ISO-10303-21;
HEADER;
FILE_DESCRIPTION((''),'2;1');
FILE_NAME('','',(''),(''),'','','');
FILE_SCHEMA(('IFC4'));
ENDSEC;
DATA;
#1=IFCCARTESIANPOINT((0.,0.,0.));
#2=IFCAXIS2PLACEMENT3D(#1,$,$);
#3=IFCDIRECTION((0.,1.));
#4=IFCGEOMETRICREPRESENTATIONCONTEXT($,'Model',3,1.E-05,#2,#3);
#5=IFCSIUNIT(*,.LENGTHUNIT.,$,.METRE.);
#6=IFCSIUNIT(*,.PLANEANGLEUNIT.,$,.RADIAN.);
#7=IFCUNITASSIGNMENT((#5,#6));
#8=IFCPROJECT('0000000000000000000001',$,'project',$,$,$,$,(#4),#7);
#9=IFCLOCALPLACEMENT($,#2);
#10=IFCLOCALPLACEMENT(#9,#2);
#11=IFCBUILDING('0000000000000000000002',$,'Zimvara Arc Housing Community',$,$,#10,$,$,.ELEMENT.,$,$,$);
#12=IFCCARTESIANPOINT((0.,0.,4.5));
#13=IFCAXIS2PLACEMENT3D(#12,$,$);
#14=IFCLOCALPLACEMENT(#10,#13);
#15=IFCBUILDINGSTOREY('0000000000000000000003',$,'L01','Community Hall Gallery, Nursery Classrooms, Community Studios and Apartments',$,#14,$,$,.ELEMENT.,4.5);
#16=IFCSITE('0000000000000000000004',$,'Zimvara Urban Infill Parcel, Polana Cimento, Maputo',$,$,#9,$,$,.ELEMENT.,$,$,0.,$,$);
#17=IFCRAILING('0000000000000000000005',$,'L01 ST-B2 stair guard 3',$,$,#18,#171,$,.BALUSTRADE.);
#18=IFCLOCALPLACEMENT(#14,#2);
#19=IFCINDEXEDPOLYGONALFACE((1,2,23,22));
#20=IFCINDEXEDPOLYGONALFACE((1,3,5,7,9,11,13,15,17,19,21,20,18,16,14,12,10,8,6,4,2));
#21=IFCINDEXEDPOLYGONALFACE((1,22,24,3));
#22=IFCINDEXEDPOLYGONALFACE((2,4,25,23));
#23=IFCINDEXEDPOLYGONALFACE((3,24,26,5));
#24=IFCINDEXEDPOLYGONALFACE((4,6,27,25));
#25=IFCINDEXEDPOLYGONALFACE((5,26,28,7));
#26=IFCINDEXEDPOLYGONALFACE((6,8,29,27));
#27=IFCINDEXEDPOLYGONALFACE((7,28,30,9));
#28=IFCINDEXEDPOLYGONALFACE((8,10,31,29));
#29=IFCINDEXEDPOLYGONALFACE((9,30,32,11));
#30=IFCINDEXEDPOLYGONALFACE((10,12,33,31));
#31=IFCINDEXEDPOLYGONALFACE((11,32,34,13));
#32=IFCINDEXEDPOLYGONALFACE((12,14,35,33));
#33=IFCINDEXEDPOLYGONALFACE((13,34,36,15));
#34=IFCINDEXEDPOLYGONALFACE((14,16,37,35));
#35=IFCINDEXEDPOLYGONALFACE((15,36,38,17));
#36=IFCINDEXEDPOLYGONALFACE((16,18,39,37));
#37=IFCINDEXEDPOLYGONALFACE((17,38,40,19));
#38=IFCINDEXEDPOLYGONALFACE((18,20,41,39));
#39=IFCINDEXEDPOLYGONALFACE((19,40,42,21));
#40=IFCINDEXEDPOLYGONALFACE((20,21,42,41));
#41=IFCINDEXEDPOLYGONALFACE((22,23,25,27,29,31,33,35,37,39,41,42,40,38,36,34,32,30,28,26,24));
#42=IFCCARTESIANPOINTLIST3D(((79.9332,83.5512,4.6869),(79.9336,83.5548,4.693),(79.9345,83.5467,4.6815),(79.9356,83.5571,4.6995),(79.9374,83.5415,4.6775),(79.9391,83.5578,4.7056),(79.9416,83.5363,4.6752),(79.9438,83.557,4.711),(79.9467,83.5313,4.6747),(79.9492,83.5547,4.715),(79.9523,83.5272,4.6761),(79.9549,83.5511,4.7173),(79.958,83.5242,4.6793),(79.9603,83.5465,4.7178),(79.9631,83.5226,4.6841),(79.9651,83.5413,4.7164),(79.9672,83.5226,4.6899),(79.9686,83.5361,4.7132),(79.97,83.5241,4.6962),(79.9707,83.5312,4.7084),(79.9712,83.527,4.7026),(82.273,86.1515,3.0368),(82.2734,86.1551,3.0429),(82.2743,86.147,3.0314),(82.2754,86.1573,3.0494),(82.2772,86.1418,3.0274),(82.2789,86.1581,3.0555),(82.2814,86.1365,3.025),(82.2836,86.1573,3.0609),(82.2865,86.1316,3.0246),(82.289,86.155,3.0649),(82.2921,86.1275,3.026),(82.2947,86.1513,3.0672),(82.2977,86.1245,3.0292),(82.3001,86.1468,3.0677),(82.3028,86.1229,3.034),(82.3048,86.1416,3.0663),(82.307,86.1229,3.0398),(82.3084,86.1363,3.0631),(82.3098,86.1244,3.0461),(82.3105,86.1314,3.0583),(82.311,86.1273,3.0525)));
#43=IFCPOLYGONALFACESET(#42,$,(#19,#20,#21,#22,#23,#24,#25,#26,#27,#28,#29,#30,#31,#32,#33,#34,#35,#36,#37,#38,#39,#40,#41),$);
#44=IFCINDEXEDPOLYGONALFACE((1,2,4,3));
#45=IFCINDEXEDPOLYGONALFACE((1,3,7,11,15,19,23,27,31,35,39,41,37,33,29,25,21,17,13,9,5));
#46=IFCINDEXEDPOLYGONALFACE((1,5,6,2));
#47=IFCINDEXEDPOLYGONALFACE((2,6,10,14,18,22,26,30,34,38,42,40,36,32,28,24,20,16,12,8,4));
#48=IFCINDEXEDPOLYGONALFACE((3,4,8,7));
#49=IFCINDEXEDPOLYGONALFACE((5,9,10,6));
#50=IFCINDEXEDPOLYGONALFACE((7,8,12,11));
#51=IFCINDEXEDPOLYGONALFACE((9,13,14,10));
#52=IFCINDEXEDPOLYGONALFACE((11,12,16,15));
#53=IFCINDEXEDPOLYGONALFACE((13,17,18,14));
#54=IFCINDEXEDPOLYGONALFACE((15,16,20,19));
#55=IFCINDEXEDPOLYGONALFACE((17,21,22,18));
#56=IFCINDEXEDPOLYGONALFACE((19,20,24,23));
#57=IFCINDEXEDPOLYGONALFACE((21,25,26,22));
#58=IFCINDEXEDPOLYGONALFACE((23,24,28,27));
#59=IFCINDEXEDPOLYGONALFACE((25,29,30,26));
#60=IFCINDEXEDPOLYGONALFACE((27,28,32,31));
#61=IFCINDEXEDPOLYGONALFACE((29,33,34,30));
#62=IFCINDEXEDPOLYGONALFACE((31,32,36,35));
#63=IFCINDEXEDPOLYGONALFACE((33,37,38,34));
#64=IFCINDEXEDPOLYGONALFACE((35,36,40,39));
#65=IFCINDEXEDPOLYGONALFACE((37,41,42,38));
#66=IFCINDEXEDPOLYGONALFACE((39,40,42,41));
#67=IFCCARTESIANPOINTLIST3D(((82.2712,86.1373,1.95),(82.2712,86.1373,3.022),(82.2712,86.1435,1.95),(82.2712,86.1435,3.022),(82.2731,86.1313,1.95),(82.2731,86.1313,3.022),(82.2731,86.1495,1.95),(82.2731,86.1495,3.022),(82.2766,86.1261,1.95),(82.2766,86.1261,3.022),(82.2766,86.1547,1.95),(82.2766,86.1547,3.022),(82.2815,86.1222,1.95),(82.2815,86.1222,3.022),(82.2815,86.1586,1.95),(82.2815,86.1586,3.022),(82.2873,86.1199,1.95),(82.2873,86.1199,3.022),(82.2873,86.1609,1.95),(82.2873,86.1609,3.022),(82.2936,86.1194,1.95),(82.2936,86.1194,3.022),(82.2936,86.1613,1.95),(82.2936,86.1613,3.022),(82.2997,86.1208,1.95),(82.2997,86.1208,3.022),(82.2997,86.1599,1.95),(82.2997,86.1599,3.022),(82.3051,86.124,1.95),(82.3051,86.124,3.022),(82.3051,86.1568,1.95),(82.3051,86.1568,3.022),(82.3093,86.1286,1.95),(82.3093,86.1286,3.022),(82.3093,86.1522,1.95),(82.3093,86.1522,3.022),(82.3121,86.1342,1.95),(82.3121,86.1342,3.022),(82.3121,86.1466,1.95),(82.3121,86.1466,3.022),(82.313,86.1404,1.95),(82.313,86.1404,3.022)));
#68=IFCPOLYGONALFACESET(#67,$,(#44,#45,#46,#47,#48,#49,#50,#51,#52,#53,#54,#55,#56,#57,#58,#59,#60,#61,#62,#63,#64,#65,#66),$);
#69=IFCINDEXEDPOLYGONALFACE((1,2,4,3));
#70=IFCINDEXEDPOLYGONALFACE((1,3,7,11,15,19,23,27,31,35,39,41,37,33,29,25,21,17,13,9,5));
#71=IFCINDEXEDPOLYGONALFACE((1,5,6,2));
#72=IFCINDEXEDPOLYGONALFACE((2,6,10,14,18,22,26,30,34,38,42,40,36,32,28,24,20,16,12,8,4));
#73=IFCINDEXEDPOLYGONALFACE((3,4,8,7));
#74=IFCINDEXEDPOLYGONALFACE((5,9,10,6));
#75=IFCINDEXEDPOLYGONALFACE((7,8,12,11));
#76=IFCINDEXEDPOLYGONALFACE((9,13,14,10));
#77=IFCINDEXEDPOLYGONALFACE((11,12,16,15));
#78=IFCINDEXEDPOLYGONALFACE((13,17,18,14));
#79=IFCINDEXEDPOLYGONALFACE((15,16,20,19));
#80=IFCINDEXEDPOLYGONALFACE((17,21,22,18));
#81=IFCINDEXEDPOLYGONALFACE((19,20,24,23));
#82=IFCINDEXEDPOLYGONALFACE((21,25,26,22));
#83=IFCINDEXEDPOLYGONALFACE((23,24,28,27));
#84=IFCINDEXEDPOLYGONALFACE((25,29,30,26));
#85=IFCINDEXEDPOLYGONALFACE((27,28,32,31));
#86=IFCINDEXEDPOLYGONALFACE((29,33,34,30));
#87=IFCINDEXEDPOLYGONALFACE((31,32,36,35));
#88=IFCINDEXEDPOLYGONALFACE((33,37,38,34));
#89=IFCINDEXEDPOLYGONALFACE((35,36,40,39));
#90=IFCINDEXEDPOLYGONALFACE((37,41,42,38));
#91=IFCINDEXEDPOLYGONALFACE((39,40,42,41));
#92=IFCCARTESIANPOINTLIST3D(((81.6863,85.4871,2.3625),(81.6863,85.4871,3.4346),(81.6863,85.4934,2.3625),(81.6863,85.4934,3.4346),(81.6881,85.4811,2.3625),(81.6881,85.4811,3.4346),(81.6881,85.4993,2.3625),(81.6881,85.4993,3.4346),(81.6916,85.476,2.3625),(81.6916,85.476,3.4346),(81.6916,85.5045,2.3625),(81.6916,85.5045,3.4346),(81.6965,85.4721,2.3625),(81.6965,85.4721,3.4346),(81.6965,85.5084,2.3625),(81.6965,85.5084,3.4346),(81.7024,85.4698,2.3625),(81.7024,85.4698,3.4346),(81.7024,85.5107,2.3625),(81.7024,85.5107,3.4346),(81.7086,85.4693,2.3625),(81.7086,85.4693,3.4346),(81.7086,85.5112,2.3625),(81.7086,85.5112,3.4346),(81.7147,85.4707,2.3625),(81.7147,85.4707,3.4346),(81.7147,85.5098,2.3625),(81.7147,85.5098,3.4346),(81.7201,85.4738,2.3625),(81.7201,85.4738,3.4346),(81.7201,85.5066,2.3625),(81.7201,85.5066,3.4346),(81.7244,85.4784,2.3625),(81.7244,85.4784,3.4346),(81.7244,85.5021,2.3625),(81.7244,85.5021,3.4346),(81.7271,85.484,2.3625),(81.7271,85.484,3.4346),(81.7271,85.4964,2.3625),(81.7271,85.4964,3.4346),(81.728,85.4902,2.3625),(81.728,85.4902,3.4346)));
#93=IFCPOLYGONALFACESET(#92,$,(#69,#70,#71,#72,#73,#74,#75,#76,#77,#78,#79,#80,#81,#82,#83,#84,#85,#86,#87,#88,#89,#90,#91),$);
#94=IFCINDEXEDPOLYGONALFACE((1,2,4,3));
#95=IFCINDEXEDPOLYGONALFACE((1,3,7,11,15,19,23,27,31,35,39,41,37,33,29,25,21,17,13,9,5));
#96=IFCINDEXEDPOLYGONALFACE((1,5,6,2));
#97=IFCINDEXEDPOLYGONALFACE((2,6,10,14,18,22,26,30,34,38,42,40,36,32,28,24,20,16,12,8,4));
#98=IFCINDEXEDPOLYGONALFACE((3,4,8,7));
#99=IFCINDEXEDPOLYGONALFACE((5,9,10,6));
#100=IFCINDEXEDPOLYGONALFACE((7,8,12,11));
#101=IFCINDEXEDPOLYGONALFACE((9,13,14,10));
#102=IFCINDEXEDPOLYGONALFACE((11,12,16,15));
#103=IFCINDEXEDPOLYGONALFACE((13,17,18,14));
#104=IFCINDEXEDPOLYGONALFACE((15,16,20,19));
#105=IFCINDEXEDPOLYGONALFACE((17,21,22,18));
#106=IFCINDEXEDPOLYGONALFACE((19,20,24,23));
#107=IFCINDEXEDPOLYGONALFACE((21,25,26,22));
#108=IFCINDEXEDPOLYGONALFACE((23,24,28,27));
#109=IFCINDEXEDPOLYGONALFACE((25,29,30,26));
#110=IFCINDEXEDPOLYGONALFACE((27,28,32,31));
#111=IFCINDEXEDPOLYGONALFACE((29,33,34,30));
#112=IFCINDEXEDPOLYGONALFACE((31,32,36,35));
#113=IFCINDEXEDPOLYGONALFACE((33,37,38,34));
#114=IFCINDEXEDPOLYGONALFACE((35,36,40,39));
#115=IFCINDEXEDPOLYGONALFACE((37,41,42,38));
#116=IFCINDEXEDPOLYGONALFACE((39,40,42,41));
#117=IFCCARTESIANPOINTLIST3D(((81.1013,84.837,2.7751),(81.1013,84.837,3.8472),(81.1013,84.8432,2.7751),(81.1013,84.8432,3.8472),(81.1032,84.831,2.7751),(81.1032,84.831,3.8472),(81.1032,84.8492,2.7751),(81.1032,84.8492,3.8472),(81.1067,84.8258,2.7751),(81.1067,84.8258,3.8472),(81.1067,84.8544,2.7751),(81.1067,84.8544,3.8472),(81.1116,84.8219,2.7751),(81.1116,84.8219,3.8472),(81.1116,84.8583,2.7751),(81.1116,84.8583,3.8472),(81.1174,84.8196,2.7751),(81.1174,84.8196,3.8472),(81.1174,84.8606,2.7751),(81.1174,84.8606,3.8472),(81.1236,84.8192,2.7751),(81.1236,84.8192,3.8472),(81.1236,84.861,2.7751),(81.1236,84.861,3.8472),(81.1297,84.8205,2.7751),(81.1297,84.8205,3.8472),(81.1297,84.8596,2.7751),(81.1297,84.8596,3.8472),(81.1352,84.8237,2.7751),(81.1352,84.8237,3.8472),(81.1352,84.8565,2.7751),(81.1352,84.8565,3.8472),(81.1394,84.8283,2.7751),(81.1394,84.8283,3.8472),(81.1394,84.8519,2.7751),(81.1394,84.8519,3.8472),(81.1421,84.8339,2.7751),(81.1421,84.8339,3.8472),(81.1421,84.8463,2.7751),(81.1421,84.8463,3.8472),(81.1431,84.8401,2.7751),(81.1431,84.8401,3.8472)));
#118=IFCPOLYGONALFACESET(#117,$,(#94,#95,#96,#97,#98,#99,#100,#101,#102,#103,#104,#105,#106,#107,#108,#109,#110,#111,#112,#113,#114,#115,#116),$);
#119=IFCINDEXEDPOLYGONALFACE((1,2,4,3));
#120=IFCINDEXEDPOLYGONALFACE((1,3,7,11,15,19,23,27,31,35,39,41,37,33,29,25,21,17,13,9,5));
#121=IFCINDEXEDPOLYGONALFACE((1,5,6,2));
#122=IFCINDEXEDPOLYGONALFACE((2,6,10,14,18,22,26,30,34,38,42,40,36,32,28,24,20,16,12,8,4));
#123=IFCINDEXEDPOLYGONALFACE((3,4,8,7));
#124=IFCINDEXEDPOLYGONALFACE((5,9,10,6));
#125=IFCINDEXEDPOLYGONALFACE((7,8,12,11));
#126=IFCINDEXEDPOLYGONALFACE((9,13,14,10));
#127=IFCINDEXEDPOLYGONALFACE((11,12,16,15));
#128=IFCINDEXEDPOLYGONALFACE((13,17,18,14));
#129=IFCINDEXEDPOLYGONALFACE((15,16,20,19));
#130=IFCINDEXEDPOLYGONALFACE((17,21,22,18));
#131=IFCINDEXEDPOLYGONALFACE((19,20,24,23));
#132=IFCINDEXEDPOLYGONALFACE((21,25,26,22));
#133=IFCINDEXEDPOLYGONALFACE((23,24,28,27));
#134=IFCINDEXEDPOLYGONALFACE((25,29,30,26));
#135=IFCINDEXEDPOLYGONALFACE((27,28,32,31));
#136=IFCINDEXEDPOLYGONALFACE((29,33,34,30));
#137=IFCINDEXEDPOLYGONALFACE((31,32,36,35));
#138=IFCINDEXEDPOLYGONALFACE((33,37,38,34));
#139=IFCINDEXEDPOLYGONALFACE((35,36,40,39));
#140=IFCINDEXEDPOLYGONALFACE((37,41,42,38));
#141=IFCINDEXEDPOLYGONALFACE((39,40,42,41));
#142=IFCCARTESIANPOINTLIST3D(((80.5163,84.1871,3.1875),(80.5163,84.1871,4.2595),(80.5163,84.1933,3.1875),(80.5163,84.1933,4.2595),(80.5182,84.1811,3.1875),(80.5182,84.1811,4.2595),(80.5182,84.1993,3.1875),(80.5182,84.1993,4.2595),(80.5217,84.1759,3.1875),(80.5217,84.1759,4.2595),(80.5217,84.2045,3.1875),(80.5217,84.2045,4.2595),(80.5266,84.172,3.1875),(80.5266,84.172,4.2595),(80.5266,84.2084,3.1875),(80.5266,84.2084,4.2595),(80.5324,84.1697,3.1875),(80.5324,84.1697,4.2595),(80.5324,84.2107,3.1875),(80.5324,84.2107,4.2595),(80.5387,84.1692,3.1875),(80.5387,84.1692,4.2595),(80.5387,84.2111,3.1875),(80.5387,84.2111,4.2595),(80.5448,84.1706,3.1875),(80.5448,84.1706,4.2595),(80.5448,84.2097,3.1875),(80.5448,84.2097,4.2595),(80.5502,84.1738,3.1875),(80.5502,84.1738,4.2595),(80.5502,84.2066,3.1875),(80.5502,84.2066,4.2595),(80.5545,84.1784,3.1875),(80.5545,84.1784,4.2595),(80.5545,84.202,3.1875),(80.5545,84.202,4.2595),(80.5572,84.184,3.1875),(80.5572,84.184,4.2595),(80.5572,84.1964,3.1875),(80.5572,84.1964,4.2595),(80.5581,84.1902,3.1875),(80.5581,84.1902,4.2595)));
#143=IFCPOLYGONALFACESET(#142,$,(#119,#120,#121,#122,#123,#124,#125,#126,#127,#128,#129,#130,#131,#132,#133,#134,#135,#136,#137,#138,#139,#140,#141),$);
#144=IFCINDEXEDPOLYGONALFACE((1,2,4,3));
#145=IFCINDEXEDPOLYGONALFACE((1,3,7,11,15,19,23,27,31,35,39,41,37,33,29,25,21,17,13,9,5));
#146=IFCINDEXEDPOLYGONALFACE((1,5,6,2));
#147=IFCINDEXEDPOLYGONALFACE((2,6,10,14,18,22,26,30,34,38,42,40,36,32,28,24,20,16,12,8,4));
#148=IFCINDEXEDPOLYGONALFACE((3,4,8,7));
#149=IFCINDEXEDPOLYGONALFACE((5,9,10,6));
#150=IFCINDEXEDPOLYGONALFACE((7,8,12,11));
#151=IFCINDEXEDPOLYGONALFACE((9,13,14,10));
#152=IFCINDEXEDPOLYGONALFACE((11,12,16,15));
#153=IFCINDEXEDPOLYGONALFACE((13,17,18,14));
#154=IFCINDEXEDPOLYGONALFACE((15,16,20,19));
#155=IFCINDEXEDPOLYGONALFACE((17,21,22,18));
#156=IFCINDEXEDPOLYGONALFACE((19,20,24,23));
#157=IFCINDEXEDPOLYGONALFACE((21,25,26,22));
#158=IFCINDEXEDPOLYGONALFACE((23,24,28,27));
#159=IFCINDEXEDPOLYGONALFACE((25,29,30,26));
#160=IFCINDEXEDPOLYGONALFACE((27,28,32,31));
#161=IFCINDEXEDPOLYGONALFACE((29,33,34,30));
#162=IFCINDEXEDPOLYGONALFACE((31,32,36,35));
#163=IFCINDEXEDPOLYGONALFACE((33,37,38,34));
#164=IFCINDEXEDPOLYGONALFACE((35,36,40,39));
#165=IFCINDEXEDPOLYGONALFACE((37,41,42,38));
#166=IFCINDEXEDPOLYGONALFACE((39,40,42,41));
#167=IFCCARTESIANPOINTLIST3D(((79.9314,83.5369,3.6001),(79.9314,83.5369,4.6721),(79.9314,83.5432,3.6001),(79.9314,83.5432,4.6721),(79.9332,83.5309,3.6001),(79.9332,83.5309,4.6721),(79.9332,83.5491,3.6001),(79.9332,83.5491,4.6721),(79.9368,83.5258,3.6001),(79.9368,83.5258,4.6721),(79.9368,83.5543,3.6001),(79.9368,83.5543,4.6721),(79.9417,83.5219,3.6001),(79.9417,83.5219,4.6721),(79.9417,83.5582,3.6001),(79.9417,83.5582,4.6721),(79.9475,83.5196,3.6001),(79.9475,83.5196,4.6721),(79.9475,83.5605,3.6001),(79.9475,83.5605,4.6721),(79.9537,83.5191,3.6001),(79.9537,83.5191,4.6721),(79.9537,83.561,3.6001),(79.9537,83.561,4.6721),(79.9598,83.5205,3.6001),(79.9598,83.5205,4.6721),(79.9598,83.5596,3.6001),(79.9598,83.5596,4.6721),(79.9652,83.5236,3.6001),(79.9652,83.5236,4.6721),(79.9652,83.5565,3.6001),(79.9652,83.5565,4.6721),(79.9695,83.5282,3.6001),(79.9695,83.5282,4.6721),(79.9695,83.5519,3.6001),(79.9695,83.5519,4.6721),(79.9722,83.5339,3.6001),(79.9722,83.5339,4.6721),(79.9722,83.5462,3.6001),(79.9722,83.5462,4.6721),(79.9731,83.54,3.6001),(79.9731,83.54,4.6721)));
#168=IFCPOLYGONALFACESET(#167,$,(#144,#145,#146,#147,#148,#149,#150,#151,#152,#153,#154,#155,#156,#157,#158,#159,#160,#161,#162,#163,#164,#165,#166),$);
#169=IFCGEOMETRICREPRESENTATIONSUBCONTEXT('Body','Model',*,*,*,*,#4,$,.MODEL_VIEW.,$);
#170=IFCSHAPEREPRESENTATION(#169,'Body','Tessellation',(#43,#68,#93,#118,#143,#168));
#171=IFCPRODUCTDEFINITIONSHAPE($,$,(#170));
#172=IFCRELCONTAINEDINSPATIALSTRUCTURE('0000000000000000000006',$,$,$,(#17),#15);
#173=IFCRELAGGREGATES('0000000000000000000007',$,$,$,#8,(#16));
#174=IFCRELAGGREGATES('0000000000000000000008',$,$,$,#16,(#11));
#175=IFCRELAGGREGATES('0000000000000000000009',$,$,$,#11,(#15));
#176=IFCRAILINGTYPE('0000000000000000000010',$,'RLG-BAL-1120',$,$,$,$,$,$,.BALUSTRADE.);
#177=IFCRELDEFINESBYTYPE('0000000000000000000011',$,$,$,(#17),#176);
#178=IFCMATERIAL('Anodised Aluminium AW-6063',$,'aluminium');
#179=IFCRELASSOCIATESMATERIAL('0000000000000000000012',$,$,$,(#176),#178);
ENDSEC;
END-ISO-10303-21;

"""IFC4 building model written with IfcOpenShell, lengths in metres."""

from ifc_helpers import new_model, si_unit, direction, frame, origin, origin_2d, place, context, subcontext, project, spatial, circle, extrude, material, type_object, element, save


model = new_model("IFC4")

# Units and contexts
model_context = context("Model", 3, precision=1e-05, world=origin(), true_north=direction((0.0, 1.0)))
body_context = subcontext(model_context, "Body", "Model", "MODEL_VIEW")
ifc_project = project(units=[si_unit("LENGTHUNIT", "METRE"), si_unit("PLANEANGLEUNIT", "RADIAN")], contexts=[model_context])

# Site, building, storey
site_placement = place(None, origin())
site = spatial("IfcSite", under=ifc_project, at=site_placement, Name="Zimvara Urban Infill Parcel, Polana Cimento, Maputo", CompositionType="ELEMENT", RefElevation=0.0)
building_placement = place(site_placement, origin())
building = spatial("IfcBuilding", under=site, at=building_placement, Name="Zimvara Arc Housing Community", CompositionType="ELEMENT")
storey_placement = place(building_placement, frame((0.0, 0.0, 4.5)))
storey = spatial("IfcBuildingStorey", under=building, at=storey_placement, Name="L01", Description="Community Hall Gallery, Nursery Classrooms, Community Studios and Apartments", CompositionType="ELEMENT", Elevation=4.5)

# Railing
ifc_material_1 = material(Name="Anodised Aluminium AW-6063", Category="aluminium")
railing_type = type_object("IfcRailingType", Name="RLG-BAL-1120", PredefinedType="BALUSTRADE", material=ifc_material_1)
railing_1_placement = place(storey_placement, frame((82.292, 86.1404, 1.95)))
element("IfcRailing", 1, at=railing_1_placement, inside=storey, type_object=railing_type, Name="L01 ST-B2 stair guard 3", PredefinedType="BALUSTRADE", context=body_context, shape_type="SweptSolid", body=[
    extrude(circle(Radius=0.0239, at=origin_2d()), frame((0.0, 0.0, 1.0962), z_axis=(-0.60496, -0.672311, 0.42664), x_axis=(0.74336, -0.668891, 0.0)), (0.0, 0.0, 1.0), 3.8677),
    extrude(circle(Radius=0.021, at=origin_2d()), origin(), (0.0, 0.0, 1.0), 1.072),
    extrude(circle(Radius=0.021, at=origin_2d()), frame((-0.585, -0.6501, 0.4126)), (0.0, 0.0, 1.0), 1.072),
    extrude(circle(Radius=0.021, at=origin_2d()), frame((-1.1699, -1.3003, 0.8252)), (0.0, 0.0, 1.0), 1.072),
    extrude(circle(Radius=0.021, at=origin_2d()), frame((-1.7549, -1.9502, 1.2375)), (0.0, 0.0, 1.0), 1.072),
    extrude(circle(Radius=0.021, at=origin_2d()), frame((-2.3398, -2.6003, 1.6501)), (0.0, 0.0, 1.0), 1.072),
])

save(model, "model.ifc")
